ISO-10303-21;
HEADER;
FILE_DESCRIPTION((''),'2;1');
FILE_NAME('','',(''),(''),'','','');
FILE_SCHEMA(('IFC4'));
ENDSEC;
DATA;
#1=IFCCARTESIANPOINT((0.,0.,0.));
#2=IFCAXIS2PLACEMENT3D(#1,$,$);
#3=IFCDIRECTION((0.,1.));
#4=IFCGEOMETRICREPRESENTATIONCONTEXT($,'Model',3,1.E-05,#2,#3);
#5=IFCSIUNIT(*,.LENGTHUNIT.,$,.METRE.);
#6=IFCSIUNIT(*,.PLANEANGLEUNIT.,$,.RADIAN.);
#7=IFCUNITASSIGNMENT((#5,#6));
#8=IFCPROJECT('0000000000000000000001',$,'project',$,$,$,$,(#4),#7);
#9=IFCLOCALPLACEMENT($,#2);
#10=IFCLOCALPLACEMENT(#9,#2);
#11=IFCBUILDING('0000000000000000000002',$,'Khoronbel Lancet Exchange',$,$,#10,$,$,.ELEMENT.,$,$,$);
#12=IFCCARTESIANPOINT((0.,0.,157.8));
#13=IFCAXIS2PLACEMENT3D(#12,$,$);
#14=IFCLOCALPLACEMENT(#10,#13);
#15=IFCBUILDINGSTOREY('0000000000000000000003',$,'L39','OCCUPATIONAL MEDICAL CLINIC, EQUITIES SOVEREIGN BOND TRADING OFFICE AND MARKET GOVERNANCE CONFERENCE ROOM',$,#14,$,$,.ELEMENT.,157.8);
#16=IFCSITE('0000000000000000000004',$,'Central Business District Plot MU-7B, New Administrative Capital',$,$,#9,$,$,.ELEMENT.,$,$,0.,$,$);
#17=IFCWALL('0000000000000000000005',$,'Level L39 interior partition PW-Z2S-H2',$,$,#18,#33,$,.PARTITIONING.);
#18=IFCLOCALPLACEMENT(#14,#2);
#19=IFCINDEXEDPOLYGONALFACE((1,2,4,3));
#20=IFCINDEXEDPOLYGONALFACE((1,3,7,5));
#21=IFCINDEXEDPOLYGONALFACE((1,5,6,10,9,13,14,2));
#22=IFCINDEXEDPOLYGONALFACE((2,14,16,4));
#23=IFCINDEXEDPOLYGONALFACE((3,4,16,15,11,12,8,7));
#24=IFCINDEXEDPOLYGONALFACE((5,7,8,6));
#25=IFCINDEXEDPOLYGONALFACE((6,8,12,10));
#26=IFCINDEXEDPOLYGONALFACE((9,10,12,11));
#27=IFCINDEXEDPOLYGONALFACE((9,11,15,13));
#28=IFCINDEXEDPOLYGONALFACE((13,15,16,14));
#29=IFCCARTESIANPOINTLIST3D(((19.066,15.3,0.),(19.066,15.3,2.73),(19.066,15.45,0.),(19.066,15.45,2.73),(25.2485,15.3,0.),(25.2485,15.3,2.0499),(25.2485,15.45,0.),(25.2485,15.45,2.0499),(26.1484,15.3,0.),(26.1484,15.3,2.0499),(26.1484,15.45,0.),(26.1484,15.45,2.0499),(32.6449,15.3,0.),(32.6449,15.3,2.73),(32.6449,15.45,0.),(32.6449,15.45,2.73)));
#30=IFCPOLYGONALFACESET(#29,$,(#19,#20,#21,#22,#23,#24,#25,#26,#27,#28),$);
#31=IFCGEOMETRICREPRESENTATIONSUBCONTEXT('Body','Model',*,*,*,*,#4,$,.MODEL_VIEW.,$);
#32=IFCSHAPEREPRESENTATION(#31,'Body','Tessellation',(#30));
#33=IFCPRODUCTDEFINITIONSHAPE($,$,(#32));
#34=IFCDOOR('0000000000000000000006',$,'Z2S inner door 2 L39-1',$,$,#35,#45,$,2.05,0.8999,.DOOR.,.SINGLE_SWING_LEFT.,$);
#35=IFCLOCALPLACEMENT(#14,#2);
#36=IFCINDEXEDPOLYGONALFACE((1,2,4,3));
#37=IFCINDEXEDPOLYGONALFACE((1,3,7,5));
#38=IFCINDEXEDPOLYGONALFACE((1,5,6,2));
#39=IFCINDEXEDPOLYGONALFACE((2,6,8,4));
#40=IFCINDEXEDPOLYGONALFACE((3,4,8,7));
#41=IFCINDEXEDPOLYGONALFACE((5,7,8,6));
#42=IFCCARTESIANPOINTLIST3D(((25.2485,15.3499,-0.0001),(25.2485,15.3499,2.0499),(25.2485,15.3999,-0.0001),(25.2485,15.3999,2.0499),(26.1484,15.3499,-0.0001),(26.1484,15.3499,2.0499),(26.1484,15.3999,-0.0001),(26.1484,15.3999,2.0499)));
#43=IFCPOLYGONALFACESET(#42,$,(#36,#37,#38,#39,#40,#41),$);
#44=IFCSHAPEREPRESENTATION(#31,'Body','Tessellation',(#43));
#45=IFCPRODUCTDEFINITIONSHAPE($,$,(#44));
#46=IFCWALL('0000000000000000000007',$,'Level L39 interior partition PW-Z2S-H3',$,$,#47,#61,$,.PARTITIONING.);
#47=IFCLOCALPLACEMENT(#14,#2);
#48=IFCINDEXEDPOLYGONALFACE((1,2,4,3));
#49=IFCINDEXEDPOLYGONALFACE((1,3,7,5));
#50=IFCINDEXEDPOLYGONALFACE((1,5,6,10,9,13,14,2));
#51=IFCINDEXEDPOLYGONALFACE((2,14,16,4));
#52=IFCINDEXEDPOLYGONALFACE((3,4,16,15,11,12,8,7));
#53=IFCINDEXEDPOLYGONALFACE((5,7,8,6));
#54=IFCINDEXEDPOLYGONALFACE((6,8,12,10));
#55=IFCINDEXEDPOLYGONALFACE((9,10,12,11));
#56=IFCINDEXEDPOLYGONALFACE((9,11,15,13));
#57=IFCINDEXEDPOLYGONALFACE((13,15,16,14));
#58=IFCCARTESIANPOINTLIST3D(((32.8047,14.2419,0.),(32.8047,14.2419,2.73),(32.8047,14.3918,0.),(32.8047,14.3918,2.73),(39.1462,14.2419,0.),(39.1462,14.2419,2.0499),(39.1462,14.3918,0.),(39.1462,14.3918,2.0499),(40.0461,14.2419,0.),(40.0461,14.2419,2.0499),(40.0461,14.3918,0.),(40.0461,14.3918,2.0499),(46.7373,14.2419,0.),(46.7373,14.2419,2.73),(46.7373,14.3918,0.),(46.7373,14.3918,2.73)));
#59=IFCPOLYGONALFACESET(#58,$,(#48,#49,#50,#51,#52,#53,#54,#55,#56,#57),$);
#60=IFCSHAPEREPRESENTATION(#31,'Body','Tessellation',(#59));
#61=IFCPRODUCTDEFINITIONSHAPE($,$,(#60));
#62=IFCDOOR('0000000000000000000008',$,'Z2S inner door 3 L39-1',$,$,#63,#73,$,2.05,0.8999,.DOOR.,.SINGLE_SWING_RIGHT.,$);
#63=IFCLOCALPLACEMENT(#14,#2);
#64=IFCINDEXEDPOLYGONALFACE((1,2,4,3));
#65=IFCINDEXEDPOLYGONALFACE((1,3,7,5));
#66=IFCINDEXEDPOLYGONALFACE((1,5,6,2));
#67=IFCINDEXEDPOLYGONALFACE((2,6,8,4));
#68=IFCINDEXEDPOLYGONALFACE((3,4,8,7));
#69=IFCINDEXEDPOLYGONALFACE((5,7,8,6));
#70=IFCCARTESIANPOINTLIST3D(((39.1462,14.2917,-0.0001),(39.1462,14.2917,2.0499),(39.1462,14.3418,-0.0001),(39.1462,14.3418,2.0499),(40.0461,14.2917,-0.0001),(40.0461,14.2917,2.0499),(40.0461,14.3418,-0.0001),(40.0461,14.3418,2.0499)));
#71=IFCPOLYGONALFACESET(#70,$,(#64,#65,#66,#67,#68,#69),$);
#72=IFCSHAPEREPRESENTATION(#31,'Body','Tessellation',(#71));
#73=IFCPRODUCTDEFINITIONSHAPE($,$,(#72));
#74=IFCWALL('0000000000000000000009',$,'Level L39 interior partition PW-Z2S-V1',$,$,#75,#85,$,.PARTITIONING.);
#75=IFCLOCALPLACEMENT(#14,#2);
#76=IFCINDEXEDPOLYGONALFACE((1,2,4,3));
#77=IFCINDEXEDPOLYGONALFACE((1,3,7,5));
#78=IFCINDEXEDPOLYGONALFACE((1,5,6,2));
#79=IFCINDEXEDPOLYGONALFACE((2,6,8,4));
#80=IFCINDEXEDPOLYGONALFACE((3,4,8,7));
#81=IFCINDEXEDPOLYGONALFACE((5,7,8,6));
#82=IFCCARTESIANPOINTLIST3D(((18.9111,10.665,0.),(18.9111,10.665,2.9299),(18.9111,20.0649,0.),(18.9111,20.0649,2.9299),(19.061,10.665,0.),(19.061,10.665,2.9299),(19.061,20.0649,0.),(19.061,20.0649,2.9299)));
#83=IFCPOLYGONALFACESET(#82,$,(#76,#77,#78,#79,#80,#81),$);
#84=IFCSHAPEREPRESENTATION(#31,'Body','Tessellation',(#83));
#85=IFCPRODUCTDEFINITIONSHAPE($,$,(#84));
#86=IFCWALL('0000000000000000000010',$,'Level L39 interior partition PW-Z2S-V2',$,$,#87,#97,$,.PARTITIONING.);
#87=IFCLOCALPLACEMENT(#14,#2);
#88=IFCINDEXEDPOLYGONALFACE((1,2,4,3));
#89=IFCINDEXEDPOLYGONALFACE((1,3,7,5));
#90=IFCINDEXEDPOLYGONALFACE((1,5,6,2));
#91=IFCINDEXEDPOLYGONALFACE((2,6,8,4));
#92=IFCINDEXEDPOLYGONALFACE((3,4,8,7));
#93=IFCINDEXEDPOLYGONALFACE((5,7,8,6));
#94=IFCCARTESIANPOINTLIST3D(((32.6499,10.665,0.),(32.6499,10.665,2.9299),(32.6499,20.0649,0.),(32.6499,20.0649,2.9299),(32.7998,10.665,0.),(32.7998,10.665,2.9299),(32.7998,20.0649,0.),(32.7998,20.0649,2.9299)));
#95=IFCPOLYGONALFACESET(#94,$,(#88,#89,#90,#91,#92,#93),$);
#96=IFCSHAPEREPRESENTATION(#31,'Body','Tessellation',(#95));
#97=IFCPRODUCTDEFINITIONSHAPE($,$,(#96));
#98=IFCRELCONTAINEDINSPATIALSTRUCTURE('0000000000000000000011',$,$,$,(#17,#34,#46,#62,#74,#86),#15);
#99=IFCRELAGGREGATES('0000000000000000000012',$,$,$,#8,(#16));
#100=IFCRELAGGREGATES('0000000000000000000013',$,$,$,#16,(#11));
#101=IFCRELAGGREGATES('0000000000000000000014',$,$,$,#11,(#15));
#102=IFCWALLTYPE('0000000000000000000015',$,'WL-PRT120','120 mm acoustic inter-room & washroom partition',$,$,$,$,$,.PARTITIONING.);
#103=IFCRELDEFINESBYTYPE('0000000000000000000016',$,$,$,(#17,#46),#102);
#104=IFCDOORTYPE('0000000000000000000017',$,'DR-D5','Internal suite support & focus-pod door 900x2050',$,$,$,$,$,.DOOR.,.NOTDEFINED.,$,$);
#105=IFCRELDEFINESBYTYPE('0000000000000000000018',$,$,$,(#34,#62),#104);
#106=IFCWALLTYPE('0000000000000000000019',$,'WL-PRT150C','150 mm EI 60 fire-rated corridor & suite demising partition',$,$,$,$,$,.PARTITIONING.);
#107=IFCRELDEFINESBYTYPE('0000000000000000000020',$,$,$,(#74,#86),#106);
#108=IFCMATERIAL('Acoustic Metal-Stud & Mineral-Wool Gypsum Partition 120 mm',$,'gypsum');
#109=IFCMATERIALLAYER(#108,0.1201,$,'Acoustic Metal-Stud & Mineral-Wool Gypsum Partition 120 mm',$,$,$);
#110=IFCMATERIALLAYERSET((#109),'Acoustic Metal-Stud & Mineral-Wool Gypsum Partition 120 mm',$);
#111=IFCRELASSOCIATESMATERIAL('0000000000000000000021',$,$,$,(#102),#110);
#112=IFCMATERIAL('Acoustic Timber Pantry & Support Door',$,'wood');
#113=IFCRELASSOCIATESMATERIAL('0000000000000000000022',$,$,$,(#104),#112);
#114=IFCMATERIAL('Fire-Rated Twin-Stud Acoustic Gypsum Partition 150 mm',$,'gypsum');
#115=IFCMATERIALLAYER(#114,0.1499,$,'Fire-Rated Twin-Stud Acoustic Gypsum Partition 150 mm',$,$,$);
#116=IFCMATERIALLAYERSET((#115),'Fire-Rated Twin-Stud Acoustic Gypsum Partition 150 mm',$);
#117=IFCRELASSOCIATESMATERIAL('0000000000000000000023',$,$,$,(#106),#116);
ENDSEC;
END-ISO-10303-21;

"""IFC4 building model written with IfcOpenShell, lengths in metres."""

from ifc_helpers import new_model, si_unit, direction, frame, frame_2d, origin, place, context, subcontext, project, spatial, rectangle, extrude, material, layer, layer_set, type_object, element, fill, save


model = new_model("IFC4")

# Units and contexts
model_context = context("Model", 3, precision=1e-05, world=origin(), true_north=direction((0.0, 1.0)))
body_context = subcontext(model_context, "Body", "Model", "MODEL_VIEW")
ifc_project = project(units=[si_unit("LENGTHUNIT", "METRE"), si_unit("PLANEANGLEUNIT", "RADIAN")], contexts=[model_context])

# Site, building, storey
site_placement = place(None, origin())
site = spatial("IfcSite", under=ifc_project, at=site_placement, Name="Central Business District Plot MU-7B, New Administrative Capital", CompositionType="ELEMENT", RefElevation=0.0)
building_placement = place(site_placement, origin())
building = spatial("IfcBuilding", under=site, at=building_placement, Name="Khoronbel Lancet Exchange", CompositionType="ELEMENT")
storey_placement = place(building_placement, frame((0.0, 0.0, 157.8)))
storey = spatial("IfcBuildingStorey", under=building, at=storey_placement, Name="L39", Description="OCCUPATIONAL MEDICAL CLINIC, EQUITIES SOVEREIGN BOND TRADING OFFICE AND MARKET GOVERNANCE CONFERENCE ROOM", CompositionType="ELEMENT", Elevation=157.8)

# Walls, openings, doors
ifc_material_1 = material(Name="Acoustic Metal-Stud & Mineral-Wool Gypsum Partition 120 mm", Category="gypsum")
ifc_layer_1 = layer(ifc_material_1, 0.1201, Name="Acoustic Metal-Stud & Mineral-Wool Gypsum Partition 120 mm")
ifc_layer_set_1 = layer_set([ifc_layer_1], Name="Acoustic Metal-Stud & Mineral-Wool Gypsum Partition 120 mm")
wall_type_1 = type_object("IfcWallType", Name="WL-PRT120", Description="120 mm acoustic inter-room & washroom partition", PredefinedType="PARTITIONING", material=ifc_layer_set_1)
wall_1_placement = place(storey_placement, frame((19.0659, 15.375, 0.0), z_axis=(0.0, 0.0, 1.0), x_axis=(1.0, 0.0, 0.0)))
wall_1 = element("IfcWall", 1, at=wall_1_placement, inside=storey, type_object=wall_type_1, Name="Level L39 interior partition PW-Z2S-H2", PredefinedType="PARTITIONING", context=body_context, shape_type="SweptSolid", body=[
    extrude(rectangle(XDim=13.5789, YDim=0.1499, at=frame_2d((6.7896, 0.0))), origin(), (0.0, 0.0, 1.0), 2.73),
])
opening_1_placement = place(wall_1_placement, frame((6.1826, 0.0, 0.0)))
opening_1 = element("IfcOpeningElement", 2, at=opening_1_placement, cuts=wall_1, PredefinedType="OPENING", context=body_context, shape_type="SweptSolid", body=[
    extrude(rectangle(XDim=0.8999, YDim=2.05, at=frame_2d((0.45, 1.0249))), frame((0.0, 0.085, 0.0), z_axis=(0.0, -1.0, 0.0), x_axis=(1.0, 0.0, 0.0)), (0.0, 0.0, 1.0), 0.1699),
])
ifc_material_2 = material(Name="Acoustic Timber Pantry & Support Door", Category="wood")
door_type = type_object("IfcDoorType", Name="DR-D5", Description="Internal suite support & focus-pod door 900x2050", OperationType="NOTDEFINED", PredefinedType="DOOR", material=ifc_material_2)
door_1_placement = place(opening_1_placement, origin())
door_1 = element("IfcDoor", 3, at=door_1_placement, inside=storey, type_object=door_type, Name="Z2S inner door 2 L39-1", OperationType="SINGLE_SWING_LEFT", OverallHeight=2.05, OverallWidth=0.8999, PredefinedType="DOOR", context=body_context, shape_type="SweptSolid", body=[
    extrude(rectangle(XDim=0.8999, YDim=2.05, at=frame_2d((0.45, 1.0249))), frame((0.0, 0.0249, 0.0), z_axis=(0.0, -1.0, 0.0), x_axis=(1.0, 0.0, 0.0)), (0.0, 0.0, 1.0), 0.05),
])
fill(opening_1, door_1)
wall_2_placement = place(storey_placement, frame((32.8047, 14.3169, 0.0), z_axis=(0.0, 0.0, 1.0), x_axis=(1.0, 0.0, 0.0)))
wall_2 = element("IfcWall", 4, at=wall_2_placement, inside=storey, type_object=wall_type_1, Name="Level L39 interior partition PW-Z2S-H3", PredefinedType="PARTITIONING", context=body_context, shape_type="SweptSolid", body=[
    extrude(rectangle(XDim=13.9326, YDim=0.1499, at=frame_2d((6.9663, 0.0))), origin(), (0.0, 0.0, 1.0), 2.73),
])
opening_2_placement = place(wall_2_placement, frame((6.3416, 0.0, 0.0)))
opening_2 = element("IfcOpeningElement", 5, at=opening_2_placement, cuts=wall_2, PredefinedType="OPENING", context=body_context, shape_type="SweptSolid", body=[
    extrude(rectangle(XDim=0.8999, YDim=2.05, at=frame_2d((0.45, 1.0249))), frame((0.0, 0.085, 0.0), z_axis=(0.0, -1.0, 0.0), x_axis=(1.0, 0.0, 0.0)), (0.0, 0.0, 1.0), 0.1699),
])
door_2_placement = place(opening_2_placement, origin())
door_2 = element("IfcDoor", 6, at=door_2_placement, inside=storey, type_object=door_type, Name="Z2S inner door 3 L39-1", OperationType="SINGLE_SWING_RIGHT", OverallHeight=2.05, OverallWidth=0.8999, PredefinedType="DOOR", context=body_context, shape_type="SweptSolid", body=[
    extrude(rectangle(XDim=0.8999, YDim=2.05, at=frame_2d((0.45, 1.0249))), frame((0.0, 0.0249, 0.0), z_axis=(0.0, -1.0, 0.0), x_axis=(1.0, 0.0, 0.0)), (0.0, 0.0, 1.0), 0.05),
])
fill(opening_2, door_2)

# Walls
ifc_material_3 = material(Name="Fire-Rated Twin-Stud Acoustic Gypsum Partition 150 mm", Category="gypsum")
ifc_layer_2 = layer(ifc_material_3, 0.1499, Name="Fire-Rated Twin-Stud Acoustic Gypsum Partition 150 mm")
ifc_layer_set_2 = layer_set([ifc_layer_2], Name="Fire-Rated Twin-Stud Acoustic Gypsum Partition 150 mm")
wall_type_2 = type_object("IfcWallType", Name="WL-PRT150C", Description="150 mm EI 60 fire-rated corridor & suite demising partition", PredefinedType="PARTITIONING", material=ifc_layer_set_2)
for number, where, z_axis, x_axis, name in (
    (7, (18.9861, 10.665, 0.0), (0.0, 0.0, 1.0), (0.0, 1.0, 0.0), "Level L39 interior partition PW-Z2S-V1"),
    (8, (32.7249, 10.665, 0.0), (0.0, 0.0, 1.0), (0.0, 1.0, 0.0), "Level L39 interior partition PW-Z2S-V2"),
):
    element("IfcWall", number, at=place(storey_placement, frame(where, z_axis=z_axis, x_axis=x_axis)), inside=storey, type_object=wall_type_2, Name=name, PredefinedType="PARTITIONING", context=body_context, shape_type="SweptSolid", body=[
        extrude(rectangle(XDim=9.3999, YDim=0.1499, at=frame_2d((4.7, 0.0))), origin(), (0.0, 0.0, 1.0), 2.9299),
    ])

save(model, "model.ifc")
